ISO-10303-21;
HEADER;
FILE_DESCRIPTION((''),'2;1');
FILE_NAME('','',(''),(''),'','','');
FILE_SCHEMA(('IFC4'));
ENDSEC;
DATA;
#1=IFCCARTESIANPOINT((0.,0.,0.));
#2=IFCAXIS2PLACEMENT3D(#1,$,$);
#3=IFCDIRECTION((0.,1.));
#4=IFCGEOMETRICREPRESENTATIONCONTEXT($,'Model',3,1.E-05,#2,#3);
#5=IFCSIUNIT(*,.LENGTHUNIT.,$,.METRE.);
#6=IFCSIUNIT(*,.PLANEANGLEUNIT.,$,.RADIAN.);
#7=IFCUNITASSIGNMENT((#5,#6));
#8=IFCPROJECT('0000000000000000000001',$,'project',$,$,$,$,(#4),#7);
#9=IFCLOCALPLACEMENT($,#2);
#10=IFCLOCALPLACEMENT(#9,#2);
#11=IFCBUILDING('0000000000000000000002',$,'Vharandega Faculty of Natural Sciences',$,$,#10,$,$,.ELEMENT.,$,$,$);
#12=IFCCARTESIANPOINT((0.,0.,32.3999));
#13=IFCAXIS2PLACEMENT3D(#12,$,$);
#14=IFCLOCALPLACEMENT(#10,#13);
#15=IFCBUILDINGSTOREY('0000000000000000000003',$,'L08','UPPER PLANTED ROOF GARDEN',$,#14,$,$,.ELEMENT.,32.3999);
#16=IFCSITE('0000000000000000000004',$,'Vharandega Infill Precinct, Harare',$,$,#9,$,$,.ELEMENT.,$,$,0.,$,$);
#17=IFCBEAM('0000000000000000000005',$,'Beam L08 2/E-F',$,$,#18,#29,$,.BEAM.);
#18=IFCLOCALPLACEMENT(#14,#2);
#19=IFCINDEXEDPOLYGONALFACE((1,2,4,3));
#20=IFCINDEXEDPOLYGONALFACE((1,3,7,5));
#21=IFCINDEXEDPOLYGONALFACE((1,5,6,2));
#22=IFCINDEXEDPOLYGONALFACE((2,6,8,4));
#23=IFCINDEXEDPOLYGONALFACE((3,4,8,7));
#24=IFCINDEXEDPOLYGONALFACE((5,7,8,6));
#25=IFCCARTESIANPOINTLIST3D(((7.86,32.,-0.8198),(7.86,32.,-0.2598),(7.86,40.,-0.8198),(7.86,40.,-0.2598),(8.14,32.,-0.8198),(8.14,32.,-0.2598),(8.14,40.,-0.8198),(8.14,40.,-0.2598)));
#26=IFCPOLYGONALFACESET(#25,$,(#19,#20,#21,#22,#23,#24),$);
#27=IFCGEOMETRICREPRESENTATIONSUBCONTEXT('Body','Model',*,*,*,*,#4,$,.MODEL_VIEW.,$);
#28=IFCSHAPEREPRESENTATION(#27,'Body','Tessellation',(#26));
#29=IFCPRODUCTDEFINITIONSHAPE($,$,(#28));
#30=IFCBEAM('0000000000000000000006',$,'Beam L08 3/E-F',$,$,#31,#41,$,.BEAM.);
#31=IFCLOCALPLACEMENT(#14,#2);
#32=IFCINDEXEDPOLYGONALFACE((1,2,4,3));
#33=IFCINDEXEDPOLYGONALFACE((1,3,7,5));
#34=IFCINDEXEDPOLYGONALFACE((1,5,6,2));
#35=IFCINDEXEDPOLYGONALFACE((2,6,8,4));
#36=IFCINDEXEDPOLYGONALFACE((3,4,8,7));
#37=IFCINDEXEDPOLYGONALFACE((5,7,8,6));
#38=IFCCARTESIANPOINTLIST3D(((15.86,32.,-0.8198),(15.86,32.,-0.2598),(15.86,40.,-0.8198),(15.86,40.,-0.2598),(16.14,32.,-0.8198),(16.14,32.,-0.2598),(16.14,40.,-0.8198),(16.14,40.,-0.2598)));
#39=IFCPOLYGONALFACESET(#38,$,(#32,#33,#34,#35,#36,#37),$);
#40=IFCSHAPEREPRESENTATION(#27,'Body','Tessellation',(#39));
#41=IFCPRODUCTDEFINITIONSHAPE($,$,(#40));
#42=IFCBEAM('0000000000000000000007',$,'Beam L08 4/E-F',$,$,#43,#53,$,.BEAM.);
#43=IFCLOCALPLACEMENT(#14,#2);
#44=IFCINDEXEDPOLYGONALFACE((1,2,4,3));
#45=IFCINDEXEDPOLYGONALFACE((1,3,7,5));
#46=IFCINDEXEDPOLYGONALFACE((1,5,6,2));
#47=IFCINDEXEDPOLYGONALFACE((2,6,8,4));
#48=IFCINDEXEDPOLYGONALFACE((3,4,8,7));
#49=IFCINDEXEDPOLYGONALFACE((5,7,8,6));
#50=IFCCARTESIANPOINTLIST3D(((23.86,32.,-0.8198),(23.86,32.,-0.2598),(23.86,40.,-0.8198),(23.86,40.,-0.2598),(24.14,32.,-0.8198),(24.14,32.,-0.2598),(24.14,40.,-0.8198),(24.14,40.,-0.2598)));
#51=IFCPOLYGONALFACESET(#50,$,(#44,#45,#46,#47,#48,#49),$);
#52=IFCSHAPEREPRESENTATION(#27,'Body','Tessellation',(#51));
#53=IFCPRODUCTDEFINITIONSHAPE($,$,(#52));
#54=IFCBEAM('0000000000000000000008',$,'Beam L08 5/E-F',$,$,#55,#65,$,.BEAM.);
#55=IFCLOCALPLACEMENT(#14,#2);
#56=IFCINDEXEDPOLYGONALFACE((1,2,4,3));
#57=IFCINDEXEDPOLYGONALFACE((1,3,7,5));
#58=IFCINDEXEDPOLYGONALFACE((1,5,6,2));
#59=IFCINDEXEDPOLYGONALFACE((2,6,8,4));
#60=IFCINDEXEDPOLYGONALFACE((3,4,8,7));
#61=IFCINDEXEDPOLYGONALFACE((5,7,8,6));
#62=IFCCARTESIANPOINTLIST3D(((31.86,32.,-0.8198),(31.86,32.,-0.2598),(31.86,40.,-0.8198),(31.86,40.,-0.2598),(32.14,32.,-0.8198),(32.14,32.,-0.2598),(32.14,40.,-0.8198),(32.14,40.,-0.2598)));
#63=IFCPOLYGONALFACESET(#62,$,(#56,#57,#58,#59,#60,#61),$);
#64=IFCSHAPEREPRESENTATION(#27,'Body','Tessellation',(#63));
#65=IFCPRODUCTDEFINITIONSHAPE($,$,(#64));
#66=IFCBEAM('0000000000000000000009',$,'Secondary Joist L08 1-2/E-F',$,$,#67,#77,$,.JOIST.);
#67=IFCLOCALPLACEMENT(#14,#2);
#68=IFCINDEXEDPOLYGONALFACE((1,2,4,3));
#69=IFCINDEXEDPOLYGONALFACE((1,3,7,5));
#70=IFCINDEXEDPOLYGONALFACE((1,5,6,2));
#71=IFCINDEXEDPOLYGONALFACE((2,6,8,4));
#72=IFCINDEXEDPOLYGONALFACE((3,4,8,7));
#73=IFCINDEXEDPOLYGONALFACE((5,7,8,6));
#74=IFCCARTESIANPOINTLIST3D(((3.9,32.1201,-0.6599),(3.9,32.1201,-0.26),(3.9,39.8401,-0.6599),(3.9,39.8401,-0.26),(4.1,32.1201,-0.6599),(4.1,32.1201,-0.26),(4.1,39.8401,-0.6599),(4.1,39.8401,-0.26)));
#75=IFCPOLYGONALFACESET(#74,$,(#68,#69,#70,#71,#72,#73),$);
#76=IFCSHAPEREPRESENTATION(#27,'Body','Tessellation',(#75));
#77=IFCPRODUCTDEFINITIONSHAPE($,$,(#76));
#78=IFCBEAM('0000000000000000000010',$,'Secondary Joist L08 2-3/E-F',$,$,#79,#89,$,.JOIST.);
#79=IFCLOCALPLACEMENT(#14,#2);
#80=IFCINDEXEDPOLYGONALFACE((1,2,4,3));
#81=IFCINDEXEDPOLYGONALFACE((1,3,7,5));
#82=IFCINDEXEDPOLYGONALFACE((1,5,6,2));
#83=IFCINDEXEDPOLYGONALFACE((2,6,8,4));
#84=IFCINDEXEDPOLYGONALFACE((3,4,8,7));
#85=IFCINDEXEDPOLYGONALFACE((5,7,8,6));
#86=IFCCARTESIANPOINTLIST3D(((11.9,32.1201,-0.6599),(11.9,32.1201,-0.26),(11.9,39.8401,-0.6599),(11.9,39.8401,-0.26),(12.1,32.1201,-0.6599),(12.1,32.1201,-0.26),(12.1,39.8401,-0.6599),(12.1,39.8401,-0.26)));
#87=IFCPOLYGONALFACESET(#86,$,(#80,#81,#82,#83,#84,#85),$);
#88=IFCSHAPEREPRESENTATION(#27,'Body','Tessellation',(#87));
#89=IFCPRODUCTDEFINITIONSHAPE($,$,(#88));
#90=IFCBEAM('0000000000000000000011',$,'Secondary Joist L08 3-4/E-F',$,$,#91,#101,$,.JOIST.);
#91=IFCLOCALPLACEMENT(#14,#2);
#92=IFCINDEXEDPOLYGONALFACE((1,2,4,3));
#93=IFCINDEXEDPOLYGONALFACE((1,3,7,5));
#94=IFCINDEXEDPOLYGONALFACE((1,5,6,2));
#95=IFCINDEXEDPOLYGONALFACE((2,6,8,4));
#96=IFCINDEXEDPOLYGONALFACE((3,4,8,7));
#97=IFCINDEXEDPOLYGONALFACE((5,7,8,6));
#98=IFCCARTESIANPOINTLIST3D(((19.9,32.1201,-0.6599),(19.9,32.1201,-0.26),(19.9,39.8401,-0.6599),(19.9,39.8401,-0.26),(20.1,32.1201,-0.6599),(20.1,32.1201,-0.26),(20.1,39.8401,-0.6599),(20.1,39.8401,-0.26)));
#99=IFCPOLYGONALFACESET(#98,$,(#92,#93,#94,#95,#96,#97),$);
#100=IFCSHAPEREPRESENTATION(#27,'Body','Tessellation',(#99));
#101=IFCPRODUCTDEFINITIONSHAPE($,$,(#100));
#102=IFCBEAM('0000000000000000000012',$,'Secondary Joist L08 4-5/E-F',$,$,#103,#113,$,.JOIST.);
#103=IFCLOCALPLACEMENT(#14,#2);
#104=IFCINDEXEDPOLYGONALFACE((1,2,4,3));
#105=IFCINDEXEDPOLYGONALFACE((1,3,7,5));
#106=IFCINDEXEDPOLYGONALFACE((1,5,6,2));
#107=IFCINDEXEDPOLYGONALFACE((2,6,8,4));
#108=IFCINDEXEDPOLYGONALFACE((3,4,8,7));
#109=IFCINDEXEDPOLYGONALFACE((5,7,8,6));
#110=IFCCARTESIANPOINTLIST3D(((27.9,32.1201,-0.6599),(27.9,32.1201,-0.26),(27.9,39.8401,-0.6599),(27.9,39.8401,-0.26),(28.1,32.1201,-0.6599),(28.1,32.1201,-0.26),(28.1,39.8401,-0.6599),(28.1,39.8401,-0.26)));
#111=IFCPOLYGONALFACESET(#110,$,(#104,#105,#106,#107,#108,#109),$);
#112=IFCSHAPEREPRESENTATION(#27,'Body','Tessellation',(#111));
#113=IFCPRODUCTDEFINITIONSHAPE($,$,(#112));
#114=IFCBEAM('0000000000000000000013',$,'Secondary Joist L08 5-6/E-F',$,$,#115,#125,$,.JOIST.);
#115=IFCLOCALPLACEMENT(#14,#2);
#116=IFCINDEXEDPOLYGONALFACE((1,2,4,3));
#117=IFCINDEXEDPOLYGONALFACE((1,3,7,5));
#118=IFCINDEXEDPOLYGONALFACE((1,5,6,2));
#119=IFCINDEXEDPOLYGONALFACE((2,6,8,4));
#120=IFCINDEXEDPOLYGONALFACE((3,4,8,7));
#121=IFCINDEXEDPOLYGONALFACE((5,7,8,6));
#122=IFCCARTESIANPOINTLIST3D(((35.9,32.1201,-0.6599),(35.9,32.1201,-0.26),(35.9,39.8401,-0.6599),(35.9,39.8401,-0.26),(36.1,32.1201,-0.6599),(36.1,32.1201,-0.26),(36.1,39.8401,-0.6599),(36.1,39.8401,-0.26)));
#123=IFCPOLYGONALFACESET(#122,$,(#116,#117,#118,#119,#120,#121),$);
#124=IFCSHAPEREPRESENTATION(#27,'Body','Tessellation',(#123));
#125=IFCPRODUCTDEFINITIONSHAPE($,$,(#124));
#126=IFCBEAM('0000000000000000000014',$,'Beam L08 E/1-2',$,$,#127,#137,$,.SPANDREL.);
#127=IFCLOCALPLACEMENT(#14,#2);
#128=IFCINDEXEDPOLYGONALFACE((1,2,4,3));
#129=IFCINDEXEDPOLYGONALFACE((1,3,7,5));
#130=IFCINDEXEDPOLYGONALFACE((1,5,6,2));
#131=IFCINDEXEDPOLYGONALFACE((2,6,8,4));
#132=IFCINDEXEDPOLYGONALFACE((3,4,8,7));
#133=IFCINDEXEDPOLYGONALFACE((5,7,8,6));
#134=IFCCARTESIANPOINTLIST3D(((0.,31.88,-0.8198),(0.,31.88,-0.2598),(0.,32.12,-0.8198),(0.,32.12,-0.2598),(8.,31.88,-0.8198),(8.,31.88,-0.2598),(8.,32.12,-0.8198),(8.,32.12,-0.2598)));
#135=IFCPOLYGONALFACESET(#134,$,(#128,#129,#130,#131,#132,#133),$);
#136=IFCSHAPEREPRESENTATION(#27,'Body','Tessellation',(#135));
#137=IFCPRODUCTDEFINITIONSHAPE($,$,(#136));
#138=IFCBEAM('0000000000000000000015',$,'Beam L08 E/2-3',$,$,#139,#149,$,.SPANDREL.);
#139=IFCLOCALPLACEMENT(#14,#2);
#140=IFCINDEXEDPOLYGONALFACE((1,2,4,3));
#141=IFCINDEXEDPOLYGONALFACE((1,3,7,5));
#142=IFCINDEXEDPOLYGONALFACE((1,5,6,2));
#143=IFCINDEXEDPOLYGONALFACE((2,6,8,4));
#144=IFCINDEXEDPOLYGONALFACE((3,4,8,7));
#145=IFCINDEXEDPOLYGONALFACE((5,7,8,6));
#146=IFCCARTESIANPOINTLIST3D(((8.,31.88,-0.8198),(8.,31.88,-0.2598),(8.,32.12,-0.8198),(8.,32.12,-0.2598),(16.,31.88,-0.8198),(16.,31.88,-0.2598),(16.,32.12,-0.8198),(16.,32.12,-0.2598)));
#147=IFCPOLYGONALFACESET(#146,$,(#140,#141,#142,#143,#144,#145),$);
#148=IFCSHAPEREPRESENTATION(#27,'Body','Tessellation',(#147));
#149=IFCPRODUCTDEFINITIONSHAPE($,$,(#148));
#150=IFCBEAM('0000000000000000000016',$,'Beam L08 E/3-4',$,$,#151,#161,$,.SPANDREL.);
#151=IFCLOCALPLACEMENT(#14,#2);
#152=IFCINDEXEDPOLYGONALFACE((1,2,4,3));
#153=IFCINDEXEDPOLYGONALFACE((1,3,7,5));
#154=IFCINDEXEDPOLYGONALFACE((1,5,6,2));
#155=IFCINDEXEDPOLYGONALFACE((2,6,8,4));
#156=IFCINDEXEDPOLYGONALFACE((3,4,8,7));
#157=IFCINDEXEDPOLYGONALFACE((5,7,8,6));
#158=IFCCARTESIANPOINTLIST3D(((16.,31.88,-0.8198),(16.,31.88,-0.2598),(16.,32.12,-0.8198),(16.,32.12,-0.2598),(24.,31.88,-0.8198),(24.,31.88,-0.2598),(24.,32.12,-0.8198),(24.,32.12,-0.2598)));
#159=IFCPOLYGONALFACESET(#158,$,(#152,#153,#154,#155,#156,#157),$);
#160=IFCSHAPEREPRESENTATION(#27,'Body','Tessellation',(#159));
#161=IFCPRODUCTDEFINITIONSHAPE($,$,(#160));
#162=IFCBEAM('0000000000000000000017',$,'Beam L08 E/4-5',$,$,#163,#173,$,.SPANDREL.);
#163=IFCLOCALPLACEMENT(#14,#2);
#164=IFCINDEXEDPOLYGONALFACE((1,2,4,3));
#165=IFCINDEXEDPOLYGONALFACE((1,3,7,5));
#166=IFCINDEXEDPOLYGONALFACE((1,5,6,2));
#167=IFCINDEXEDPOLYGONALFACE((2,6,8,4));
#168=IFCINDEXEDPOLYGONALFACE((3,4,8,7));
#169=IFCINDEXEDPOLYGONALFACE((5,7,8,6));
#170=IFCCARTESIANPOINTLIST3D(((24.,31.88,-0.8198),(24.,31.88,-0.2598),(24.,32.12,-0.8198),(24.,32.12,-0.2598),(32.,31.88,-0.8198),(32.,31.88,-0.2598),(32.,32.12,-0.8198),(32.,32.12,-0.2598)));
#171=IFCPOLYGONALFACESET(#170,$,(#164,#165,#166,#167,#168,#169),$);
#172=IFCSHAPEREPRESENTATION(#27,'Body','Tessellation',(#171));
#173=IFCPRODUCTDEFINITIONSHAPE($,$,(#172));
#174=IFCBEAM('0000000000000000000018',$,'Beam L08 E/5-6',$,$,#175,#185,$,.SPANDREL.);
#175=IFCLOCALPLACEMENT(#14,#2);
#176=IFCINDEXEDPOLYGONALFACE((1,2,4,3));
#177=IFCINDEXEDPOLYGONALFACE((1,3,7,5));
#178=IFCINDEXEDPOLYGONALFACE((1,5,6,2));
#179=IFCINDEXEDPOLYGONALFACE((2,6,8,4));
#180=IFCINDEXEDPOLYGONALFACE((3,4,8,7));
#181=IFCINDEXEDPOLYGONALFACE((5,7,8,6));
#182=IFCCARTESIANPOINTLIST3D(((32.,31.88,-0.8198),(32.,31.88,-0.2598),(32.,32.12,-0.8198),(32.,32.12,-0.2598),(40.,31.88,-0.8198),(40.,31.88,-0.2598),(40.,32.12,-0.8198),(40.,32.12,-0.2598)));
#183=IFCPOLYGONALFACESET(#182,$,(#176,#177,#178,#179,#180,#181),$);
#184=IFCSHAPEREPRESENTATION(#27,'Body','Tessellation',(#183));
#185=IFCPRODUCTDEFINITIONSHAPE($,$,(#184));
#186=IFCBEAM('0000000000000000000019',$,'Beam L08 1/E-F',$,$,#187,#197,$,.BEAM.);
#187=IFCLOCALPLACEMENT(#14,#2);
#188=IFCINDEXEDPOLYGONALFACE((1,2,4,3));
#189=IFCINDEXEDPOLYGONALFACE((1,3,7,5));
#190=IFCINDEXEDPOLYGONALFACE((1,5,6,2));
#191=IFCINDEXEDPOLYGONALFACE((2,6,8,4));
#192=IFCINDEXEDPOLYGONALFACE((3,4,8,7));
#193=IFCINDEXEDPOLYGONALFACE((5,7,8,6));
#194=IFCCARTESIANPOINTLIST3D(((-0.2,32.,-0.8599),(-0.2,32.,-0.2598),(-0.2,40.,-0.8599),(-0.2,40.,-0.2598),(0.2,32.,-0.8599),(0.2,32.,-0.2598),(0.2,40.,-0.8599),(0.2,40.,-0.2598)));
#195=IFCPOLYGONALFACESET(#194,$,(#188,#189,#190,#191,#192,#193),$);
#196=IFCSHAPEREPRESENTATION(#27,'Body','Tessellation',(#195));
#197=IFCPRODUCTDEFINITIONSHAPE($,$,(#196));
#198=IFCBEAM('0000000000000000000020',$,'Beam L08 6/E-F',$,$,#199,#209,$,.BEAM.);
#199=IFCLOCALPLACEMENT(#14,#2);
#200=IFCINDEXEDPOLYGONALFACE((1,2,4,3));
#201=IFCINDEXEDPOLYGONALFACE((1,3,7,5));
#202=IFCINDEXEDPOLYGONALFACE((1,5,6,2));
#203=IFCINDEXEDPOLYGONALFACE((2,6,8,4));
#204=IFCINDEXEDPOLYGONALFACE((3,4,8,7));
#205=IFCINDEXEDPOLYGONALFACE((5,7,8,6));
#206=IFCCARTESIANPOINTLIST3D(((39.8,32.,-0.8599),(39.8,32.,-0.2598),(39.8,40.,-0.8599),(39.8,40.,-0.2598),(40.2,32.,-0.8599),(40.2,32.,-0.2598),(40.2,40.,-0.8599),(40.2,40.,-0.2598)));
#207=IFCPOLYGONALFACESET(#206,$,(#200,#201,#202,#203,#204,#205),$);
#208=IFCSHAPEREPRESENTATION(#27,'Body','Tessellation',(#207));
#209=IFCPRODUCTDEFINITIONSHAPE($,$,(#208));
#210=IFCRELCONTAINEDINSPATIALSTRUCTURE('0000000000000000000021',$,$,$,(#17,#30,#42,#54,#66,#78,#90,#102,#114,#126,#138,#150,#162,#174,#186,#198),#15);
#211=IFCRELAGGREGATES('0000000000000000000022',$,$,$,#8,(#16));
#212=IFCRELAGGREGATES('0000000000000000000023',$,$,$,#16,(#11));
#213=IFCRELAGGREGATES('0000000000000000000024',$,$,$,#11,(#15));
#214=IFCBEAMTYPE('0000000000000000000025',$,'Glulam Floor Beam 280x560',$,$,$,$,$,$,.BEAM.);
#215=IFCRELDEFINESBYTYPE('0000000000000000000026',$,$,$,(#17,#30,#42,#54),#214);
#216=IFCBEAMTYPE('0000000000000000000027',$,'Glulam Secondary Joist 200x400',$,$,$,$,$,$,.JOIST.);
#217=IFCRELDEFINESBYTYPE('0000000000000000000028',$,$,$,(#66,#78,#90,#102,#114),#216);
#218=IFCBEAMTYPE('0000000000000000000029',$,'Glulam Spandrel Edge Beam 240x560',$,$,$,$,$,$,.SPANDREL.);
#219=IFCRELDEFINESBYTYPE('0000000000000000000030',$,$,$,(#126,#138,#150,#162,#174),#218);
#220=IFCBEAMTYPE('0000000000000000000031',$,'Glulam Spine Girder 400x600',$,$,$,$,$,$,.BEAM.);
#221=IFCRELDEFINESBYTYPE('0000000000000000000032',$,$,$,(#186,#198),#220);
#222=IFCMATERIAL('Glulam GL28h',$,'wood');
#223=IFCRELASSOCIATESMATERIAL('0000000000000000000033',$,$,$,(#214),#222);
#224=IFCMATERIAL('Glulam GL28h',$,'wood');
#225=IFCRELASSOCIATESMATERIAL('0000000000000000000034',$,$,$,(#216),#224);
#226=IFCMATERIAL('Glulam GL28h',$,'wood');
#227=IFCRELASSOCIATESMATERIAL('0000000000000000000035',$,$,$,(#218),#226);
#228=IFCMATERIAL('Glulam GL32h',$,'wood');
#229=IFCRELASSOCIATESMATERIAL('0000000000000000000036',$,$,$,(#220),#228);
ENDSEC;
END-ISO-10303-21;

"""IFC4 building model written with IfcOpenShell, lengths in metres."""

from ifc_helpers import new_model, si_unit, direction, frame, origin, origin_2d, place, context, subcontext, project, spatial, rectangle, extrude, material, material_profile, profile_set, type_object, element, save


model = new_model("IFC4")

# Units and contexts
model_context = context("Model", 3, precision=1e-05, world=origin(), true_north=direction((0.0, 1.0)))
body_context = subcontext(model_context, "Body", "Model", "MODEL_VIEW")
ifc_project = project(units=[si_unit("LENGTHUNIT", "METRE"), si_unit("PLANEANGLEUNIT", "RADIAN")], contexts=[model_context])

# Site, building, storey
site_placement = place(None, origin())
site = spatial("IfcSite", under=ifc_project, at=site_placement, Name="Vharandega Infill Precinct, Harare", CompositionType="ELEMENT", RefElevation=0.0)
building_placement = place(site_placement, origin())
building = spatial("IfcBuilding", under=site, at=building_placement, Name="Vharandega Faculty of Natural Sciences", CompositionType="ELEMENT")
storey_placement = place(building_placement, frame((0.0, 0.0, 32.3999)))
storey = spatial("IfcBuildingStorey", under=building, at=storey_placement, Name="L08", Description="UPPER PLANTED ROOF GARDEN", CompositionType="ELEMENT", Elevation=32.3999)

# Beams
ifc_material_1 = material(Name="Glulam GL28h", Category="wood")
ifc_material_profile_1 = material_profile(ifc_material_1, rectangle(XDim=0.28, YDim=0.5601, at=origin_2d()), Name="GL28h 280x560")
ifc_profile_set_1 = profile_set([ifc_material_profile_1], Name="Glulam GL28h")
beam_type_1 = type_object("IfcBeamType", Name="Glulam Floor Beam 280x560", PredefinedType="BEAM", material=ifc_profile_set_1)
for number, where, z_axis, x_axis, name in (
    (1, (8.0, 32.0, -0.5398), (0.0, 1.0, 0.0), (-1.0, 0.0, 0.0), "Beam L08 2/E-F"),
    (2, (16.0, 32.0, -0.5398), (0.0, 1.0, 0.0), (-1.0, 0.0, 0.0), "Beam L08 3/E-F"),
    (3, (24.0, 32.0, -0.5398), (0.0, 1.0, 0.0), (-1.0, 0.0, 0.0), "Beam L08 4/E-F"),
    (4, (32.0, 32.0, -0.5398), (0.0, 1.0, 0.0), (-1.0, 0.0, 0.0), "Beam L08 5/E-F"),
):
    element("IfcBeam", number, at=place(storey_placement, frame(where, z_axis=z_axis, x_axis=x_axis)), inside=storey, type_object=beam_type_1, Name=name, PredefinedType="BEAM", context=body_context, shape_type="SweptSolid", body=[
        extrude(rectangle(XDim=0.28, YDim=0.5601, at=origin_2d()), origin(), (0.0, 0.0, 1.0), 8.0),
    ])
ifc_material_2 = material(Name="Glulam GL28h", Category="wood")
ifc_material_profile_2 = material_profile(ifc_material_2, rectangle(XDim=0.2, YDim=0.3999, at=origin_2d()), Name="GL28h 200x400")
ifc_profile_set_2 = profile_set([ifc_material_profile_2], Name="Glulam GL28h")
beam_type_2 = type_object("IfcBeamType", Name="Glulam Secondary Joist 200x400", PredefinedType="JOIST", material=ifc_profile_set_2)
for number, where, z_axis, x_axis, name in (
    (5, (4.0, 32.1201, -0.46), (0.0, 1.0, 0.0), (-1.0, 0.0, 0.0), "Secondary Joist L08 1-2/E-F"),
    (6, (12.0, 32.1201, -0.46), (0.0, 1.0, 0.0), (-1.0, 0.0, 0.0), "Secondary Joist L08 2-3/E-F"),
    (7, (20.0, 32.1201, -0.46), (0.0, 1.0, 0.0), (-1.0, 0.0, 0.0), "Secondary Joist L08 3-4/E-F"),
    (8, (28.0, 32.1201, -0.46), (0.0, 1.0, 0.0), (-1.0, 0.0, 0.0), "Secondary Joist L08 4-5/E-F"),
    (9, (36.0, 32.1201, -0.46), (0.0, 1.0, 0.0), (-1.0, 0.0, 0.0), "Secondary Joist L08 5-6/E-F"),
):
    element("IfcBeam", number, at=place(storey_placement, frame(where, z_axis=z_axis, x_axis=x_axis)), inside=storey, type_object=beam_type_2, Name=name, PredefinedType="JOIST", context=body_context, shape_type="SweptSolid", body=[
        extrude(rectangle(XDim=0.2, YDim=0.3999, at=origin_2d()), origin(), (0.0, 0.0, 1.0), 7.72),
    ])
ifc_material_3 = material(Name="Glulam GL28h", Category="wood")
ifc_material_profile_3 = material_profile(ifc_material_3, rectangle(XDim=0.24, YDim=0.5601, at=origin_2d()), Name="GL28h 240x560")
ifc_profile_set_3 = profile_set([ifc_material_profile_3], Name="Glulam GL28h")
beam_type_3 = type_object("IfcBeamType", Name="Glulam Spandrel Edge Beam 240x560", PredefinedType="SPANDREL", material=ifc_profile_set_3)
for number, where, z_axis, x_axis, name in (
    (10, (0.0, 32.0, -0.5398), (1.0, 0.0, 0.0), (0.0, 1.0, 0.0), "Beam L08 E/1-2"),
    (11, (8.0, 32.0, -0.5398), (1.0, 0.0, 0.0), (0.0, 1.0, 0.0), "Beam L08 E/2-3"),
    (12, (16.0, 32.0, -0.5398), (1.0, 0.0, 0.0), (0.0, 1.0, 0.0), "Beam L08 E/3-4"),
    (13, (24.0, 32.0, -0.5398), (1.0, 0.0, 0.0), (0.0, 1.0, 0.0), "Beam L08 E/4-5"),
    (14, (32.0, 32.0, -0.5398), (1.0, 0.0, 0.0), (0.0, 1.0, 0.0), "Beam L08 E/5-6"),
):
    element("IfcBeam", number, at=place(storey_placement, frame(where, z_axis=z_axis, x_axis=x_axis)), inside=storey, type_object=beam_type_3, Name=name, PredefinedType="SPANDREL", context=body_context, shape_type="SweptSolid", body=[
        extrude(rectangle(XDim=0.24, YDim=0.5601, at=origin_2d()), origin(), (0.0, 0.0, 1.0), 8.0),
    ])
ifc_material_4 = material(Name="Glulam GL32h", Category="wood")
ifc_material_profile_4 = material_profile(ifc_material_4, rectangle(XDim=0.3999, YDim=0.6001, at=origin_2d()), Name="GL32h 400x600")
ifc_profile_set_4 = profile_set([ifc_material_profile_4], Name="Glulam GL32h")
beam_type_4 = type_object("IfcBeamType", Name="Glulam Spine Girder 400x600", PredefinedType="BEAM", material=ifc_profile_set_4)
for number, where, z_axis, x_axis, name in (
    (15, (0.0, 32.0, -0.5598), (0.0, 1.0, 0.0), (-1.0, 0.0, 0.0), "Beam L08 1/E-F"),
    (16, (40.0, 32.0, -0.5598), (0.0, 1.0, 0.0), (-1.0, 0.0, 0.0), "Beam L08 6/E-F"),
):
    element("IfcBeam", number, at=place(storey_placement, frame(where, z_axis=z_axis, x_axis=x_axis)), inside=storey, type_object=beam_type_4, Name=name, PredefinedType="BEAM", context=body_context, shape_type="SweptSolid", body=[
        extrude(rectangle(XDim=0.3999, YDim=0.6001, at=origin_2d()), origin(), (0.0, 0.0, 1.0), 8.0),
    ])

save(model, "model.ifc")
